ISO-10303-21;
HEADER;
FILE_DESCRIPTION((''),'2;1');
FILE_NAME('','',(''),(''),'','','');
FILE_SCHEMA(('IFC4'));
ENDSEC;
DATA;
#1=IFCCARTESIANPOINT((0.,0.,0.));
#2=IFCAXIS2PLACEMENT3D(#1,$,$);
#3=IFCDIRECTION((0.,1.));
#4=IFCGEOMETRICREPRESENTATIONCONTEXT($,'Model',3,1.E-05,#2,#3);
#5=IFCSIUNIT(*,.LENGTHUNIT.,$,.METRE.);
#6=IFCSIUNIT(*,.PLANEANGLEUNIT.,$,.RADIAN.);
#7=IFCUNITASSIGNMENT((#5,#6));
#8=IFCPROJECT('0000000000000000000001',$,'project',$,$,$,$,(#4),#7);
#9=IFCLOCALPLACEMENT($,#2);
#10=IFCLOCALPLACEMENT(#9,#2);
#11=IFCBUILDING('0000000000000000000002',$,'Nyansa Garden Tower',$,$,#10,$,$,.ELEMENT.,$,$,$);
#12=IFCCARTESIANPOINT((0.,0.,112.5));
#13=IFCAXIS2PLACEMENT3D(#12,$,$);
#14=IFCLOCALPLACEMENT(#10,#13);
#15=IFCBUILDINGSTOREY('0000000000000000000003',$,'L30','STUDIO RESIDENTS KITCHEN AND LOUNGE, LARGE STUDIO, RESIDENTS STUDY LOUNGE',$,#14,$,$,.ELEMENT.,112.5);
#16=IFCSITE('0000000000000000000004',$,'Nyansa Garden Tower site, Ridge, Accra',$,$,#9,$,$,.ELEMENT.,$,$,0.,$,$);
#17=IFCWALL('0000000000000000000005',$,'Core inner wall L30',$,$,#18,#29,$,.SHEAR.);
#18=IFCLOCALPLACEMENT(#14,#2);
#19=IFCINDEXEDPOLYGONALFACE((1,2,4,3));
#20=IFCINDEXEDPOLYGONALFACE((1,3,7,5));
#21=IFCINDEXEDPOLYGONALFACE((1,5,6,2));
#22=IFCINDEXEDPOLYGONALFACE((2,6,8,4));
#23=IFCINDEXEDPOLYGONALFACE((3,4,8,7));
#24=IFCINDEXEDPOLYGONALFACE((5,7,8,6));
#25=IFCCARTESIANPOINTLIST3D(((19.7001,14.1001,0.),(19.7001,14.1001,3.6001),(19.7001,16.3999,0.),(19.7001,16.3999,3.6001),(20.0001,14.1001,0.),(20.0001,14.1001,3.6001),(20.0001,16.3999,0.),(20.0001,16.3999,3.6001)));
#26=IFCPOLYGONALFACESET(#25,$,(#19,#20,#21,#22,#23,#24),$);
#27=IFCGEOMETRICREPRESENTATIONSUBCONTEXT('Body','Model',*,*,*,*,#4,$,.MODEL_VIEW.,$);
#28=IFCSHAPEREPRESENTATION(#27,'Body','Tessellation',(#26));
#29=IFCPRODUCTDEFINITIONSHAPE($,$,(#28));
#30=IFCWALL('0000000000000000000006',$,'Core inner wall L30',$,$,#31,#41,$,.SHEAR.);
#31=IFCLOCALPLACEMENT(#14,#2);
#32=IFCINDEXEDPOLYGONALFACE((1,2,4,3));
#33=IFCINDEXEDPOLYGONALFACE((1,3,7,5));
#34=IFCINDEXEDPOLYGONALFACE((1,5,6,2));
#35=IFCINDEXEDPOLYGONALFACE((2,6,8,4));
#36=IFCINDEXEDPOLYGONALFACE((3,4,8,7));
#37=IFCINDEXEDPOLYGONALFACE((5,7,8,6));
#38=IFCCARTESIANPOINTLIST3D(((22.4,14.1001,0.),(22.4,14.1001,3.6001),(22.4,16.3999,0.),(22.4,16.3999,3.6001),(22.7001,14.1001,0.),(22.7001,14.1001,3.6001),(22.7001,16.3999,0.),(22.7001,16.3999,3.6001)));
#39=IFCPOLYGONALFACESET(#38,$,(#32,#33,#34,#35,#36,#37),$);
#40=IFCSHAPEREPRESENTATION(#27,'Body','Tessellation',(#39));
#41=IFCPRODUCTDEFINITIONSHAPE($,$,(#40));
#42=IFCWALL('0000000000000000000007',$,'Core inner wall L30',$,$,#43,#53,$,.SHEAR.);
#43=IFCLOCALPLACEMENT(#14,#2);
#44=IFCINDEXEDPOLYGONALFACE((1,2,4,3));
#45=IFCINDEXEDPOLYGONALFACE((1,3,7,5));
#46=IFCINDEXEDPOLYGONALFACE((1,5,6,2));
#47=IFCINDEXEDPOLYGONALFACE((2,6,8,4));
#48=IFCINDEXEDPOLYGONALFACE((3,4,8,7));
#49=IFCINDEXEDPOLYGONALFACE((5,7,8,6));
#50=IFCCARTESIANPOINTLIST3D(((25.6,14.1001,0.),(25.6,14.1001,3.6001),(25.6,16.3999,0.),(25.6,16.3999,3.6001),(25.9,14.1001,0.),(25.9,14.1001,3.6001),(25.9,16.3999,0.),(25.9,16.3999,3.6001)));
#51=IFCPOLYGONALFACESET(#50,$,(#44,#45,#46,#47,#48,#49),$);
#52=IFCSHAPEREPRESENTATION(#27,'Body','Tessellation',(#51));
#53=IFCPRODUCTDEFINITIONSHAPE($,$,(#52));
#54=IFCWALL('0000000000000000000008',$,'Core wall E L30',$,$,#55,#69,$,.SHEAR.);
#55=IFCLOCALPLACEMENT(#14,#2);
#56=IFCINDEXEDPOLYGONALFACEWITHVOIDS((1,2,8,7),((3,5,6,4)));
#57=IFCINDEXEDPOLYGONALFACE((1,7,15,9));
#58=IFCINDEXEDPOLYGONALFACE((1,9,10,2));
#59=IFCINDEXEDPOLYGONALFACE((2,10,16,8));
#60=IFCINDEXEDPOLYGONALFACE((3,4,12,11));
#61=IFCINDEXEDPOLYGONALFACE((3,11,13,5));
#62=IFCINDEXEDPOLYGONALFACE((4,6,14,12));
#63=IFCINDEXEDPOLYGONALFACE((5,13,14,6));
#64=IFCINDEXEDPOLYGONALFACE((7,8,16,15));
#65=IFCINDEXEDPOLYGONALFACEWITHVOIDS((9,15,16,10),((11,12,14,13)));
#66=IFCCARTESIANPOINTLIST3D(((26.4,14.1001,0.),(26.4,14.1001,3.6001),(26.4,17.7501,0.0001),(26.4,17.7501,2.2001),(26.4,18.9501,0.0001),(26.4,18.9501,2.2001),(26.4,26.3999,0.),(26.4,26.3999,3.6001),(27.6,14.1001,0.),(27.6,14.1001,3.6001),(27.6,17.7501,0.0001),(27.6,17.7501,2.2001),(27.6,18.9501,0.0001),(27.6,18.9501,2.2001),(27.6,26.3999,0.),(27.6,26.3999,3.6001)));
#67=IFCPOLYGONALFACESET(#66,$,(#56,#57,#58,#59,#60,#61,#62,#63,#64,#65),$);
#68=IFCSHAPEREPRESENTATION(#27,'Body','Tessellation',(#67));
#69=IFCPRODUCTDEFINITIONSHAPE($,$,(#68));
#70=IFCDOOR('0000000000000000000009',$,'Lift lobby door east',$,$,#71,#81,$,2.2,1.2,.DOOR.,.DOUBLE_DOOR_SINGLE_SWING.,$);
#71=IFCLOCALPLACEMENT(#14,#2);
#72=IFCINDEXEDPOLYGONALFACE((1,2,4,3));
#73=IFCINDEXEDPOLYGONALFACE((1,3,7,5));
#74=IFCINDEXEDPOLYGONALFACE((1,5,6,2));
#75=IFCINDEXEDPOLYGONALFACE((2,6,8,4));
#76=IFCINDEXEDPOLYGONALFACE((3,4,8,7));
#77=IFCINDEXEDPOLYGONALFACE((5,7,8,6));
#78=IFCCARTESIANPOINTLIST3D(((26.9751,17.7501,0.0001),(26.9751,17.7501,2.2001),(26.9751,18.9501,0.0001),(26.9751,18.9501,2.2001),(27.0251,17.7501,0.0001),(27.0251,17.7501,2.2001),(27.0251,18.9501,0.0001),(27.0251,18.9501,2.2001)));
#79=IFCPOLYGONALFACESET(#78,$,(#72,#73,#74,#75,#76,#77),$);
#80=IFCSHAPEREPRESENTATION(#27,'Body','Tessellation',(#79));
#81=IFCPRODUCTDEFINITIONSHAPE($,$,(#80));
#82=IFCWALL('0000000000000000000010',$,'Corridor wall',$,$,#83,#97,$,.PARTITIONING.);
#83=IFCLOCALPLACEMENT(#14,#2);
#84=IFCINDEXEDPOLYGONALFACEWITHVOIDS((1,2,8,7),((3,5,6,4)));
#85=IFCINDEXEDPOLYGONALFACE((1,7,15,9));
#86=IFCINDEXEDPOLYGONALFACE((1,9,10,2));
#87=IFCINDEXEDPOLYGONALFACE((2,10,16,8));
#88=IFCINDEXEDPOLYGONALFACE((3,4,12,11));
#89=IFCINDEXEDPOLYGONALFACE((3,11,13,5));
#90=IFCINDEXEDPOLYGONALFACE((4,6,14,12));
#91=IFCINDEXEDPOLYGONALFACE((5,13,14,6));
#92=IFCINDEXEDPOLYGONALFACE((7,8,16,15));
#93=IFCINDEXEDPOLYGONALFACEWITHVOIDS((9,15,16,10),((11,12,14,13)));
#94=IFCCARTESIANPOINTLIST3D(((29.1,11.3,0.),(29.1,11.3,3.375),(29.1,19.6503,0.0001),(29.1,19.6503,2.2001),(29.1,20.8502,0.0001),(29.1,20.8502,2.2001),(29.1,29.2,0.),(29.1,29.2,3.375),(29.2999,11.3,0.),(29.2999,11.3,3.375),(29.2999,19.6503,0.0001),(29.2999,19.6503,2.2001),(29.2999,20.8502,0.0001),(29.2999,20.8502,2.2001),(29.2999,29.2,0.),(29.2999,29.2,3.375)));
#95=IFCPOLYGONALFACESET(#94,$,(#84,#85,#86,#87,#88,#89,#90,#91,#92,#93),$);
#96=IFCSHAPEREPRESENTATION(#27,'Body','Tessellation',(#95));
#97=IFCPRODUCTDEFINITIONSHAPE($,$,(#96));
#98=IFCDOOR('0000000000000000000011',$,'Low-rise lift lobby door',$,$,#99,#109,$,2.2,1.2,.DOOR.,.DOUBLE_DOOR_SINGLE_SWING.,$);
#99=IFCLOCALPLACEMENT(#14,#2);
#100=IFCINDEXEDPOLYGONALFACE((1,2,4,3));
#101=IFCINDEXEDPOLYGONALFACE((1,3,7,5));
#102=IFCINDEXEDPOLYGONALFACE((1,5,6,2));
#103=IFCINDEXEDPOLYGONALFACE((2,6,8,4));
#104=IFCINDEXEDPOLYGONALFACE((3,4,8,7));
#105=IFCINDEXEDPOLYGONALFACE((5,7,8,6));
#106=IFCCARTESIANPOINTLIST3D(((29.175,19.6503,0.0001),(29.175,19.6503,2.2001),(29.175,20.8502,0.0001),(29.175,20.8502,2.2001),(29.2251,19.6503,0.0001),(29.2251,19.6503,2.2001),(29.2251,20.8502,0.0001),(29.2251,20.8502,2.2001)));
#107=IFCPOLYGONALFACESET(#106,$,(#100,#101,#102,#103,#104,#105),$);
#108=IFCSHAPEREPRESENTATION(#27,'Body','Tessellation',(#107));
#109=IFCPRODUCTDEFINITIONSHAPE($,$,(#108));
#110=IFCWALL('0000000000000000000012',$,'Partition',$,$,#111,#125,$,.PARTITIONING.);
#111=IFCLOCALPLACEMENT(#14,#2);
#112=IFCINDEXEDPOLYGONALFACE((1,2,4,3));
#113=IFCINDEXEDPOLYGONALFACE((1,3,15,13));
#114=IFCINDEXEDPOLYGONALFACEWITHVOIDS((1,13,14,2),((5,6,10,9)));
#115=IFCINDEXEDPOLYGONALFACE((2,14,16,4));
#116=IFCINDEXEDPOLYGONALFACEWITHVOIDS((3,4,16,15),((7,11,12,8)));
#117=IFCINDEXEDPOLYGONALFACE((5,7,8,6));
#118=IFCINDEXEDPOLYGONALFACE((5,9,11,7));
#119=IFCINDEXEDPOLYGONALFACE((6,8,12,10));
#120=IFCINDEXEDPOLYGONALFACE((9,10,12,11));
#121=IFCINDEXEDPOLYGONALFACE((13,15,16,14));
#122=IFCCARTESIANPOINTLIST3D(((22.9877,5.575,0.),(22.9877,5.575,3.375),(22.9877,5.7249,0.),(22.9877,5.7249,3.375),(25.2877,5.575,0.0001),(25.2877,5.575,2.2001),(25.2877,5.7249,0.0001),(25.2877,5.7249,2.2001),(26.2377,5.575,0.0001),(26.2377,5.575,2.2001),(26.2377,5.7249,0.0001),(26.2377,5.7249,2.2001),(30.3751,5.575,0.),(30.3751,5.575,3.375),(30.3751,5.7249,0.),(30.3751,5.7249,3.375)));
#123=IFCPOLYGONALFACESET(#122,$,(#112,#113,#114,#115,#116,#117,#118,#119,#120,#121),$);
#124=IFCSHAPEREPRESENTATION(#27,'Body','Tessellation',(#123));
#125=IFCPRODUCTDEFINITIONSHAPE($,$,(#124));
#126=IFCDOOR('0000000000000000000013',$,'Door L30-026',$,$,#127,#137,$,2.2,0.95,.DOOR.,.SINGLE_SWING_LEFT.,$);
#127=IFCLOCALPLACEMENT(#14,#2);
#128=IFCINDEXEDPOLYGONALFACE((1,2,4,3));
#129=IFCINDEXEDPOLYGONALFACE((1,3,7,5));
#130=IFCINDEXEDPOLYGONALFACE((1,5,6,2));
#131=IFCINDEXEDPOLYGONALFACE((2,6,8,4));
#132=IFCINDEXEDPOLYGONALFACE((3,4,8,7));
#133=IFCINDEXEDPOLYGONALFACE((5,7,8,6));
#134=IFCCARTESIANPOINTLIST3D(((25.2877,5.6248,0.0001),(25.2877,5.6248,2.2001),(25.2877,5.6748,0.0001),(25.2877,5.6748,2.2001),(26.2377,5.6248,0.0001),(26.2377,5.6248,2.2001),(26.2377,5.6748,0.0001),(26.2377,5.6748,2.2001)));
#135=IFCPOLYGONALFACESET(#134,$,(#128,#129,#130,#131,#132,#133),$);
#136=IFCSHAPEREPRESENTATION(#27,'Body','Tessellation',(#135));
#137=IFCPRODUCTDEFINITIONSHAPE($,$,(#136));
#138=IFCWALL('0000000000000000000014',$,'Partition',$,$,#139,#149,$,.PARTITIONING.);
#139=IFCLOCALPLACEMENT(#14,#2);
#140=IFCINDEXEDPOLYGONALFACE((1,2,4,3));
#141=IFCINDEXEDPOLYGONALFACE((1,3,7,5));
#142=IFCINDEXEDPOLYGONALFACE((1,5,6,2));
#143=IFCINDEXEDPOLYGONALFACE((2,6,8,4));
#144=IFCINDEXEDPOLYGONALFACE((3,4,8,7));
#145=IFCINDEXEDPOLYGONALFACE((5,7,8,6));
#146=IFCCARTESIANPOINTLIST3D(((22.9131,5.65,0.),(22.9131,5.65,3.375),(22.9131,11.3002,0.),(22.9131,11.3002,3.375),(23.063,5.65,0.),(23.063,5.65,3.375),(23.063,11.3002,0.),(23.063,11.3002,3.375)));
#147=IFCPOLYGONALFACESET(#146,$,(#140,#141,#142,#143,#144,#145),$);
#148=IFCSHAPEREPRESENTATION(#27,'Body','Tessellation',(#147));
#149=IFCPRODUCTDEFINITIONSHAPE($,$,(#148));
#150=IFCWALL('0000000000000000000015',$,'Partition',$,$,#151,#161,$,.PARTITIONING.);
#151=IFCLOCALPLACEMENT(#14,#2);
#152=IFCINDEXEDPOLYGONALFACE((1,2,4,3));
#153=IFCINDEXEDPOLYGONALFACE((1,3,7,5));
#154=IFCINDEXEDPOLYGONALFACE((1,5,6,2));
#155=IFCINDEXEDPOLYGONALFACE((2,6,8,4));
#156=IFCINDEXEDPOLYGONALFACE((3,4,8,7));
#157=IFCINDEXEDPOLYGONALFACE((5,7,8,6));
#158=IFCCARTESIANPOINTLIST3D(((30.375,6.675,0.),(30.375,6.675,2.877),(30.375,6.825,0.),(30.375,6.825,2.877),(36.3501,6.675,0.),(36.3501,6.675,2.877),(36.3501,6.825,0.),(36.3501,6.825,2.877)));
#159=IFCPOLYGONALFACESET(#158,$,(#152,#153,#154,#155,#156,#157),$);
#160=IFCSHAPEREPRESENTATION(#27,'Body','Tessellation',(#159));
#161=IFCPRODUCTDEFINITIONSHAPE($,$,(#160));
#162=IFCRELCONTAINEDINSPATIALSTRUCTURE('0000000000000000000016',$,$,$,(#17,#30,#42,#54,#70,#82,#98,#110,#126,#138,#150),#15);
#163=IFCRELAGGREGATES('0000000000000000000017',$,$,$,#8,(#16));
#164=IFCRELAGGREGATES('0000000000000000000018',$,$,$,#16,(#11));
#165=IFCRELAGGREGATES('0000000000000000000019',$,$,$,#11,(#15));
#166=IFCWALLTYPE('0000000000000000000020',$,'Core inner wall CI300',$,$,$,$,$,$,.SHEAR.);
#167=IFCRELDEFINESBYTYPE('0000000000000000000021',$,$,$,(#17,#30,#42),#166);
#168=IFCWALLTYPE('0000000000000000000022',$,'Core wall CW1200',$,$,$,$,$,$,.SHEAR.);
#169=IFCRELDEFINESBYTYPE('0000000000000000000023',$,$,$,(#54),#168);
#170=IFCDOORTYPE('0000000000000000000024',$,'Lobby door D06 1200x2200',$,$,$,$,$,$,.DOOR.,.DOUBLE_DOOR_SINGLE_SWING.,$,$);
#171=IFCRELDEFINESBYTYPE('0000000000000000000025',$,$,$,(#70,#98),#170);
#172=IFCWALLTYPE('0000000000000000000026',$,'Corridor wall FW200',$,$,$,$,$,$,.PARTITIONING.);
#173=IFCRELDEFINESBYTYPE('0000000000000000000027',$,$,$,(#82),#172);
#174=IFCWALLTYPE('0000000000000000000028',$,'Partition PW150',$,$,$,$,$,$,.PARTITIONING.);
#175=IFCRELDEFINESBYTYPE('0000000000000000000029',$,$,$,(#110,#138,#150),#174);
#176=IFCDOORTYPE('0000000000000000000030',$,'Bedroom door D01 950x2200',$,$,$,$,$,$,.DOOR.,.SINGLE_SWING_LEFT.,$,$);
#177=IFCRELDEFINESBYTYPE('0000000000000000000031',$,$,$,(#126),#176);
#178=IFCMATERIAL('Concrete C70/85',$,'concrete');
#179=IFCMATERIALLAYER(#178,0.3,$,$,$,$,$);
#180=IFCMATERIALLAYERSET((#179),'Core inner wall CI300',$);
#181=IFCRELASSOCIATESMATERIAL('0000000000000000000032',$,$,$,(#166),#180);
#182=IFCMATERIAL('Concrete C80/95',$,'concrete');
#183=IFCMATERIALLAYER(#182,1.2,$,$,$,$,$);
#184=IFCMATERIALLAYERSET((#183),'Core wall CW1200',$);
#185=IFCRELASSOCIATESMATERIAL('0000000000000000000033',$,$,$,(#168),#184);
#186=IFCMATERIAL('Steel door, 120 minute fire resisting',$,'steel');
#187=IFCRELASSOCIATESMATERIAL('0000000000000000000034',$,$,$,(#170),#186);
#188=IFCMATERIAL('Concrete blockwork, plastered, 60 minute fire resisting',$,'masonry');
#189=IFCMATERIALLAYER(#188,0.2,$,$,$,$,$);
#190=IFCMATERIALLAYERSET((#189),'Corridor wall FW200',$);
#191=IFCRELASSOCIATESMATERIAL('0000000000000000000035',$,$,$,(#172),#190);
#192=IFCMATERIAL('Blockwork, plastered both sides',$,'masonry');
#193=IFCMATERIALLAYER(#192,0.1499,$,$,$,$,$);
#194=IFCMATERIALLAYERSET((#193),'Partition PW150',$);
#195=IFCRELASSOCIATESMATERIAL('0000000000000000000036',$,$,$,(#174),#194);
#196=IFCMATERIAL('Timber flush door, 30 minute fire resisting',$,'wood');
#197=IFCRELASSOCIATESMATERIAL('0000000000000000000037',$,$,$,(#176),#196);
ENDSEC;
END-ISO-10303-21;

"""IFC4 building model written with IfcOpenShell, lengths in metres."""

from ifc_helpers import new_model, si_unit, direction, frame, frame_2d, origin, place, context, subcontext, project, spatial, rectangle, extrude, material, layer, layer_set, type_object, element, fill, save


model = new_model("IFC4")

# Units and contexts
model_context = context("Model", 3, precision=1e-05, world=origin(), true_north=direction((0.0, 1.0)))
body_context = subcontext(model_context, "Body", "Model", "MODEL_VIEW")
ifc_project = project(units=[si_unit("LENGTHUNIT", "METRE"), si_unit("PLANEANGLEUNIT", "RADIAN")], contexts=[model_context])

# Site, building, storey
site_placement = place(None, origin())
site = spatial("IfcSite", under=ifc_project, at=site_placement, Name="Nyansa Garden Tower site, Ridge, Accra", CompositionType="ELEMENT", RefElevation=0.0)
building_placement = place(site_placement, origin())
building = spatial("IfcBuilding", under=site, at=building_placement, Name="Nyansa Garden Tower", CompositionType="ELEMENT")
storey_placement = place(building_placement, frame((0.0, 0.0, 112.5)))
storey = spatial("IfcBuildingStorey", under=building, at=storey_placement, Name="L30", Description="STUDIO RESIDENTS KITCHEN AND LOUNGE, LARGE STUDIO, RESIDENTS STUDY LOUNGE", CompositionType="ELEMENT", Elevation=112.5)

# Walls
ifc_material_1 = material(Name="Concrete C70/85", Category="concrete")
ifc_layer_1 = layer(ifc_material_1, 0.3)
ifc_layer_set_1 = layer_set([ifc_layer_1], Name="Core inner wall CI300")
wall_type_1 = type_object("IfcWallType", Name="Core inner wall CI300", PredefinedType="SHEAR", material=ifc_layer_set_1)
for number, where, z_axis, x_axis, name in (
    (1, (19.8501, 14.1001, 0.0), (0.0, 0.0, 1.0), (0.0, 1.0, 0.0), "Core inner wall L30"),
    (2, (22.55, 14.1001, 0.0), (0.0, 0.0, 1.0), (0.0, 1.0, 0.0), "Core inner wall L30"),
    (3, (25.75, 14.1001, 0.0), (0.0, 0.0, 1.0), (0.0, 1.0, 0.0), "Core inner wall L30"),
):
    element("IfcWall", number, at=place(storey_placement, frame(where, z_axis=z_axis, x_axis=x_axis)), inside=storey, type_object=wall_type_1, Name=name, PredefinedType="SHEAR", context=body_context, shape_type="SweptSolid", body=[
        extrude(rectangle(XDim=2.2998, YDim=0.3, at=frame_2d((1.1499, 0.0))), origin(), (0.0, 0.0, 1.0), 3.6001),
    ])

# Walls, openings, doors
ifc_material_2 = material(Name="Concrete C80/95", Category="concrete")
ifc_layer_2 = layer(ifc_material_2, 1.2)
ifc_layer_set_2 = layer_set([ifc_layer_2], Name="Core wall CW1200")
wall_type_2 = type_object("IfcWallType", Name="Core wall CW1200", PredefinedType="SHEAR", material=ifc_layer_set_2)
wall_1_placement = place(storey_placement, frame((27.0, 14.1001, 0.0), z_axis=(0.0, 0.0, 1.0), x_axis=(0.0, 1.0, 0.0)))
wall_1 = element("IfcWall", 4, at=wall_1_placement, inside=storey, type_object=wall_type_2, Name="Core wall E L30", PredefinedType="SHEAR", context=body_context, shape_type="SweptSolid", body=[
    extrude(rectangle(XDim=12.2998, YDim=1.2, at=frame_2d((6.1499, 0.0))), origin(), (0.0, 0.0, 1.0), 3.6001),
])
opening_1_placement = place(wall_1_placement, frame((3.6499, 0.0, 0.0)))
opening_1 = element("IfcOpeningElement", 5, at=opening_1_placement, cuts=wall_1, PredefinedType="OPENING", context=body_context, shape_type="SweptSolid", body=[
    extrude(rectangle(XDim=1.2, YDim=2.2, at=frame_2d((0.6001, 1.1001))), frame((0.0, 0.6099, 0.0), z_axis=(0.0, -1.0, 0.0), x_axis=(1.0, 0.0, 0.0)), (0.0, 0.0, 1.0), 1.22),
])
ifc_material_3 = material(Name="Steel door, 120 minute fire resisting", Category="steel")
door_type_1 = type_object("IfcDoorType", Name="Lobby door D06 1200x2200", OperationType="DOUBLE_DOOR_SINGLE_SWING", PredefinedType="DOOR", material=ifc_material_3)
door_1_placement = place(opening_1_placement, origin())
door_1 = element("IfcDoor", 6, at=door_1_placement, inside=storey, type_object=door_type_1, Name="Lift lobby door east", OperationType="DOUBLE_DOOR_SINGLE_SWING", OverallHeight=2.2, OverallWidth=1.2, PredefinedType="DOOR", context=body_context, shape_type="SweptSolid", body=[
    extrude(rectangle(XDim=1.2, YDim=2.2, at=frame_2d((0.6001, 1.1001))), frame((0.0, 0.0249, 0.0), z_axis=(0.0, -1.0, 0.0), x_axis=(1.0, 0.0, 0.0)), (0.0, 0.0, 1.0), 0.05),
])
fill(opening_1, door_1)
ifc_material_4 = material(Name="Concrete blockwork, plastered, 60 minute fire resisting", Category="masonry")
ifc_layer_3 = layer(ifc_material_4, 0.2)
ifc_layer_set_3 = layer_set([ifc_layer_3], Name="Corridor wall FW200")
wall_type_3 = type_object("IfcWallType", Name="Corridor wall FW200", PredefinedType="PARTITIONING", material=ifc_layer_set_3)
wall_2_placement = place(storey_placement, frame((29.2, 11.3, 0.0), z_axis=(0.0, 0.0, 1.0), x_axis=(0.0, 1.0, 0.0)))
wall_2 = element("IfcWall", 7, at=wall_2_placement, inside=storey, type_object=wall_type_3, Name="Corridor wall", PredefinedType="PARTITIONING", context=body_context, shape_type="SweptSolid", body=[
    extrude(rectangle(XDim=17.8999, YDim=0.2, at=frame_2d((8.95, 0.0))), origin(), (0.0, 0.0, 1.0), 3.375),
])
opening_2_placement = place(wall_2_placement, frame((8.3501, 0.0, 0.0)))
opening_2 = element("IfcOpeningElement", 8, at=opening_2_placement, cuts=wall_2, PredefinedType="OPENING", context=body_context, shape_type="SweptSolid", body=[
    extrude(rectangle(XDim=1.2, YDim=2.2, at=frame_2d((0.6001, 1.1001))), frame((0.0, 0.1099, 0.0), z_axis=(0.0, -1.0, 0.0), x_axis=(1.0, 0.0, 0.0)), (0.0, 0.0, 1.0), 0.22),
])
door_2_placement = place(opening_2_placement, origin())
door_2 = element("IfcDoor", 9, at=door_2_placement, inside=storey, type_object=door_type_1, Name="Low-rise lift lobby door", OperationType="DOUBLE_DOOR_SINGLE_SWING", OverallHeight=2.2, OverallWidth=1.2, PredefinedType="DOOR", context=body_context, shape_type="SweptSolid", body=[
    extrude(rectangle(XDim=1.2, YDim=2.2, at=frame_2d((0.6001, 1.1001))), frame((0.0, 0.0249, 0.0), z_axis=(0.0, -1.0, 0.0), x_axis=(1.0, 0.0, 0.0)), (0.0, 0.0, 1.0), 0.05),
])
fill(opening_2, door_2)
ifc_material_5 = material(Name="Blockwork, plastered both sides", Category="masonry")
ifc_layer_4 = layer(ifc_material_5, 0.1499)
ifc_layer_set_4 = layer_set([ifc_layer_4], Name="Partition PW150")
wall_type_4 = type_object("IfcWallType", Name="Partition PW150", PredefinedType="PARTITIONING", material=ifc_layer_set_4)
wall_3_placement = place(storey_placement, frame((22.9875, 5.6499, 0.0), z_axis=(0.0, 0.0, 1.0), x_axis=(1.0, 0.0, 0.0)))
wall_3 = element("IfcWall", 10, at=wall_3_placement, inside=storey, type_object=wall_type_4, Name="Partition", PredefinedType="PARTITIONING", context=body_context, shape_type="SweptSolid", body=[
    extrude(rectangle(XDim=7.3875, YDim=0.1499, at=frame_2d((3.6938, 0.0))), origin(), (0.0, 0.0, 1.0), 3.375),
])
opening_3_placement = place(wall_3_placement, frame((2.3, 0.0, 0.0)))
opening_3 = element("IfcOpeningElement", 11, at=opening_3_placement, cuts=wall_3, PredefinedType="OPENING", context=body_context, shape_type="SweptSolid", body=[
    extrude(rectangle(XDim=0.95, YDim=2.2, at=frame_2d((0.4751, 1.1001))), frame((0.0, 0.085, 0.0), z_axis=(0.0, -1.0, 0.0), x_axis=(1.0, 0.0, 0.0)), (0.0, 0.0, 1.0), 0.1699),
])
ifc_material_6 = material(Name="Timber flush door, 30 minute fire resisting", Category="wood")
door_type_2 = type_object("IfcDoorType", Name="Bedroom door D01 950x2200", OperationType="SINGLE_SWING_LEFT", PredefinedType="DOOR", material=ifc_material_6)
door_3_placement = place(opening_3_placement, origin())
door_3 = element("IfcDoor", 12, at=door_3_placement, inside=storey, type_object=door_type_2, Name="Door L30-026", OperationType="SINGLE_SWING_LEFT", OverallHeight=2.2, OverallWidth=0.95, PredefinedType="DOOR", context=body_context, shape_type="SweptSolid", body=[
    extrude(rectangle(XDim=0.95, YDim=2.2, at=frame_2d((0.4751, 1.1001))), frame((0.0, 0.0249, 0.0), z_axis=(0.0, -1.0, 0.0), x_axis=(1.0, 0.0, 0.0)), (0.0, 0.0, 1.0), 0.05),
])
fill(opening_3, door_3)

# Walls
wall_4_placement = place(storey_placement, frame((22.988, 5.6499, 0.0), z_axis=(0.0, 0.0, 1.0), x_axis=(0.0, 1.0, 0.0)))
element("IfcWall", 13, at=wall_4_placement, inside=storey, type_object=wall_type_4, Name="Partition", PredefinedType="PARTITIONING", context=body_context, shape_type="SweptSolid", body=[
    extrude(rectangle(XDim=5.6501, YDim=0.1499, at=frame_2d((2.8252, 0.0))), origin(), (0.0, 0.0, 1.0), 3.375),
])
wall_5_placement = place(storey_placement, frame((30.375, 6.75, 0.0), z_axis=(0.0, 0.0, 1.0), x_axis=(1.0, 0.0, 0.0)))
element("IfcWall", 14, at=wall_5_placement, inside=storey, type_object=wall_type_4, Name="Partition", PredefinedType="PARTITIONING", context=body_context, shape_type="SweptSolid", body=[
    extrude(rectangle(XDim=5.9751, YDim=0.1499, at=frame_2d((2.9875, 0.0))), origin(), (0.0, 0.0, 1.0), 2.877),
])

save(model, "model.ifc")
